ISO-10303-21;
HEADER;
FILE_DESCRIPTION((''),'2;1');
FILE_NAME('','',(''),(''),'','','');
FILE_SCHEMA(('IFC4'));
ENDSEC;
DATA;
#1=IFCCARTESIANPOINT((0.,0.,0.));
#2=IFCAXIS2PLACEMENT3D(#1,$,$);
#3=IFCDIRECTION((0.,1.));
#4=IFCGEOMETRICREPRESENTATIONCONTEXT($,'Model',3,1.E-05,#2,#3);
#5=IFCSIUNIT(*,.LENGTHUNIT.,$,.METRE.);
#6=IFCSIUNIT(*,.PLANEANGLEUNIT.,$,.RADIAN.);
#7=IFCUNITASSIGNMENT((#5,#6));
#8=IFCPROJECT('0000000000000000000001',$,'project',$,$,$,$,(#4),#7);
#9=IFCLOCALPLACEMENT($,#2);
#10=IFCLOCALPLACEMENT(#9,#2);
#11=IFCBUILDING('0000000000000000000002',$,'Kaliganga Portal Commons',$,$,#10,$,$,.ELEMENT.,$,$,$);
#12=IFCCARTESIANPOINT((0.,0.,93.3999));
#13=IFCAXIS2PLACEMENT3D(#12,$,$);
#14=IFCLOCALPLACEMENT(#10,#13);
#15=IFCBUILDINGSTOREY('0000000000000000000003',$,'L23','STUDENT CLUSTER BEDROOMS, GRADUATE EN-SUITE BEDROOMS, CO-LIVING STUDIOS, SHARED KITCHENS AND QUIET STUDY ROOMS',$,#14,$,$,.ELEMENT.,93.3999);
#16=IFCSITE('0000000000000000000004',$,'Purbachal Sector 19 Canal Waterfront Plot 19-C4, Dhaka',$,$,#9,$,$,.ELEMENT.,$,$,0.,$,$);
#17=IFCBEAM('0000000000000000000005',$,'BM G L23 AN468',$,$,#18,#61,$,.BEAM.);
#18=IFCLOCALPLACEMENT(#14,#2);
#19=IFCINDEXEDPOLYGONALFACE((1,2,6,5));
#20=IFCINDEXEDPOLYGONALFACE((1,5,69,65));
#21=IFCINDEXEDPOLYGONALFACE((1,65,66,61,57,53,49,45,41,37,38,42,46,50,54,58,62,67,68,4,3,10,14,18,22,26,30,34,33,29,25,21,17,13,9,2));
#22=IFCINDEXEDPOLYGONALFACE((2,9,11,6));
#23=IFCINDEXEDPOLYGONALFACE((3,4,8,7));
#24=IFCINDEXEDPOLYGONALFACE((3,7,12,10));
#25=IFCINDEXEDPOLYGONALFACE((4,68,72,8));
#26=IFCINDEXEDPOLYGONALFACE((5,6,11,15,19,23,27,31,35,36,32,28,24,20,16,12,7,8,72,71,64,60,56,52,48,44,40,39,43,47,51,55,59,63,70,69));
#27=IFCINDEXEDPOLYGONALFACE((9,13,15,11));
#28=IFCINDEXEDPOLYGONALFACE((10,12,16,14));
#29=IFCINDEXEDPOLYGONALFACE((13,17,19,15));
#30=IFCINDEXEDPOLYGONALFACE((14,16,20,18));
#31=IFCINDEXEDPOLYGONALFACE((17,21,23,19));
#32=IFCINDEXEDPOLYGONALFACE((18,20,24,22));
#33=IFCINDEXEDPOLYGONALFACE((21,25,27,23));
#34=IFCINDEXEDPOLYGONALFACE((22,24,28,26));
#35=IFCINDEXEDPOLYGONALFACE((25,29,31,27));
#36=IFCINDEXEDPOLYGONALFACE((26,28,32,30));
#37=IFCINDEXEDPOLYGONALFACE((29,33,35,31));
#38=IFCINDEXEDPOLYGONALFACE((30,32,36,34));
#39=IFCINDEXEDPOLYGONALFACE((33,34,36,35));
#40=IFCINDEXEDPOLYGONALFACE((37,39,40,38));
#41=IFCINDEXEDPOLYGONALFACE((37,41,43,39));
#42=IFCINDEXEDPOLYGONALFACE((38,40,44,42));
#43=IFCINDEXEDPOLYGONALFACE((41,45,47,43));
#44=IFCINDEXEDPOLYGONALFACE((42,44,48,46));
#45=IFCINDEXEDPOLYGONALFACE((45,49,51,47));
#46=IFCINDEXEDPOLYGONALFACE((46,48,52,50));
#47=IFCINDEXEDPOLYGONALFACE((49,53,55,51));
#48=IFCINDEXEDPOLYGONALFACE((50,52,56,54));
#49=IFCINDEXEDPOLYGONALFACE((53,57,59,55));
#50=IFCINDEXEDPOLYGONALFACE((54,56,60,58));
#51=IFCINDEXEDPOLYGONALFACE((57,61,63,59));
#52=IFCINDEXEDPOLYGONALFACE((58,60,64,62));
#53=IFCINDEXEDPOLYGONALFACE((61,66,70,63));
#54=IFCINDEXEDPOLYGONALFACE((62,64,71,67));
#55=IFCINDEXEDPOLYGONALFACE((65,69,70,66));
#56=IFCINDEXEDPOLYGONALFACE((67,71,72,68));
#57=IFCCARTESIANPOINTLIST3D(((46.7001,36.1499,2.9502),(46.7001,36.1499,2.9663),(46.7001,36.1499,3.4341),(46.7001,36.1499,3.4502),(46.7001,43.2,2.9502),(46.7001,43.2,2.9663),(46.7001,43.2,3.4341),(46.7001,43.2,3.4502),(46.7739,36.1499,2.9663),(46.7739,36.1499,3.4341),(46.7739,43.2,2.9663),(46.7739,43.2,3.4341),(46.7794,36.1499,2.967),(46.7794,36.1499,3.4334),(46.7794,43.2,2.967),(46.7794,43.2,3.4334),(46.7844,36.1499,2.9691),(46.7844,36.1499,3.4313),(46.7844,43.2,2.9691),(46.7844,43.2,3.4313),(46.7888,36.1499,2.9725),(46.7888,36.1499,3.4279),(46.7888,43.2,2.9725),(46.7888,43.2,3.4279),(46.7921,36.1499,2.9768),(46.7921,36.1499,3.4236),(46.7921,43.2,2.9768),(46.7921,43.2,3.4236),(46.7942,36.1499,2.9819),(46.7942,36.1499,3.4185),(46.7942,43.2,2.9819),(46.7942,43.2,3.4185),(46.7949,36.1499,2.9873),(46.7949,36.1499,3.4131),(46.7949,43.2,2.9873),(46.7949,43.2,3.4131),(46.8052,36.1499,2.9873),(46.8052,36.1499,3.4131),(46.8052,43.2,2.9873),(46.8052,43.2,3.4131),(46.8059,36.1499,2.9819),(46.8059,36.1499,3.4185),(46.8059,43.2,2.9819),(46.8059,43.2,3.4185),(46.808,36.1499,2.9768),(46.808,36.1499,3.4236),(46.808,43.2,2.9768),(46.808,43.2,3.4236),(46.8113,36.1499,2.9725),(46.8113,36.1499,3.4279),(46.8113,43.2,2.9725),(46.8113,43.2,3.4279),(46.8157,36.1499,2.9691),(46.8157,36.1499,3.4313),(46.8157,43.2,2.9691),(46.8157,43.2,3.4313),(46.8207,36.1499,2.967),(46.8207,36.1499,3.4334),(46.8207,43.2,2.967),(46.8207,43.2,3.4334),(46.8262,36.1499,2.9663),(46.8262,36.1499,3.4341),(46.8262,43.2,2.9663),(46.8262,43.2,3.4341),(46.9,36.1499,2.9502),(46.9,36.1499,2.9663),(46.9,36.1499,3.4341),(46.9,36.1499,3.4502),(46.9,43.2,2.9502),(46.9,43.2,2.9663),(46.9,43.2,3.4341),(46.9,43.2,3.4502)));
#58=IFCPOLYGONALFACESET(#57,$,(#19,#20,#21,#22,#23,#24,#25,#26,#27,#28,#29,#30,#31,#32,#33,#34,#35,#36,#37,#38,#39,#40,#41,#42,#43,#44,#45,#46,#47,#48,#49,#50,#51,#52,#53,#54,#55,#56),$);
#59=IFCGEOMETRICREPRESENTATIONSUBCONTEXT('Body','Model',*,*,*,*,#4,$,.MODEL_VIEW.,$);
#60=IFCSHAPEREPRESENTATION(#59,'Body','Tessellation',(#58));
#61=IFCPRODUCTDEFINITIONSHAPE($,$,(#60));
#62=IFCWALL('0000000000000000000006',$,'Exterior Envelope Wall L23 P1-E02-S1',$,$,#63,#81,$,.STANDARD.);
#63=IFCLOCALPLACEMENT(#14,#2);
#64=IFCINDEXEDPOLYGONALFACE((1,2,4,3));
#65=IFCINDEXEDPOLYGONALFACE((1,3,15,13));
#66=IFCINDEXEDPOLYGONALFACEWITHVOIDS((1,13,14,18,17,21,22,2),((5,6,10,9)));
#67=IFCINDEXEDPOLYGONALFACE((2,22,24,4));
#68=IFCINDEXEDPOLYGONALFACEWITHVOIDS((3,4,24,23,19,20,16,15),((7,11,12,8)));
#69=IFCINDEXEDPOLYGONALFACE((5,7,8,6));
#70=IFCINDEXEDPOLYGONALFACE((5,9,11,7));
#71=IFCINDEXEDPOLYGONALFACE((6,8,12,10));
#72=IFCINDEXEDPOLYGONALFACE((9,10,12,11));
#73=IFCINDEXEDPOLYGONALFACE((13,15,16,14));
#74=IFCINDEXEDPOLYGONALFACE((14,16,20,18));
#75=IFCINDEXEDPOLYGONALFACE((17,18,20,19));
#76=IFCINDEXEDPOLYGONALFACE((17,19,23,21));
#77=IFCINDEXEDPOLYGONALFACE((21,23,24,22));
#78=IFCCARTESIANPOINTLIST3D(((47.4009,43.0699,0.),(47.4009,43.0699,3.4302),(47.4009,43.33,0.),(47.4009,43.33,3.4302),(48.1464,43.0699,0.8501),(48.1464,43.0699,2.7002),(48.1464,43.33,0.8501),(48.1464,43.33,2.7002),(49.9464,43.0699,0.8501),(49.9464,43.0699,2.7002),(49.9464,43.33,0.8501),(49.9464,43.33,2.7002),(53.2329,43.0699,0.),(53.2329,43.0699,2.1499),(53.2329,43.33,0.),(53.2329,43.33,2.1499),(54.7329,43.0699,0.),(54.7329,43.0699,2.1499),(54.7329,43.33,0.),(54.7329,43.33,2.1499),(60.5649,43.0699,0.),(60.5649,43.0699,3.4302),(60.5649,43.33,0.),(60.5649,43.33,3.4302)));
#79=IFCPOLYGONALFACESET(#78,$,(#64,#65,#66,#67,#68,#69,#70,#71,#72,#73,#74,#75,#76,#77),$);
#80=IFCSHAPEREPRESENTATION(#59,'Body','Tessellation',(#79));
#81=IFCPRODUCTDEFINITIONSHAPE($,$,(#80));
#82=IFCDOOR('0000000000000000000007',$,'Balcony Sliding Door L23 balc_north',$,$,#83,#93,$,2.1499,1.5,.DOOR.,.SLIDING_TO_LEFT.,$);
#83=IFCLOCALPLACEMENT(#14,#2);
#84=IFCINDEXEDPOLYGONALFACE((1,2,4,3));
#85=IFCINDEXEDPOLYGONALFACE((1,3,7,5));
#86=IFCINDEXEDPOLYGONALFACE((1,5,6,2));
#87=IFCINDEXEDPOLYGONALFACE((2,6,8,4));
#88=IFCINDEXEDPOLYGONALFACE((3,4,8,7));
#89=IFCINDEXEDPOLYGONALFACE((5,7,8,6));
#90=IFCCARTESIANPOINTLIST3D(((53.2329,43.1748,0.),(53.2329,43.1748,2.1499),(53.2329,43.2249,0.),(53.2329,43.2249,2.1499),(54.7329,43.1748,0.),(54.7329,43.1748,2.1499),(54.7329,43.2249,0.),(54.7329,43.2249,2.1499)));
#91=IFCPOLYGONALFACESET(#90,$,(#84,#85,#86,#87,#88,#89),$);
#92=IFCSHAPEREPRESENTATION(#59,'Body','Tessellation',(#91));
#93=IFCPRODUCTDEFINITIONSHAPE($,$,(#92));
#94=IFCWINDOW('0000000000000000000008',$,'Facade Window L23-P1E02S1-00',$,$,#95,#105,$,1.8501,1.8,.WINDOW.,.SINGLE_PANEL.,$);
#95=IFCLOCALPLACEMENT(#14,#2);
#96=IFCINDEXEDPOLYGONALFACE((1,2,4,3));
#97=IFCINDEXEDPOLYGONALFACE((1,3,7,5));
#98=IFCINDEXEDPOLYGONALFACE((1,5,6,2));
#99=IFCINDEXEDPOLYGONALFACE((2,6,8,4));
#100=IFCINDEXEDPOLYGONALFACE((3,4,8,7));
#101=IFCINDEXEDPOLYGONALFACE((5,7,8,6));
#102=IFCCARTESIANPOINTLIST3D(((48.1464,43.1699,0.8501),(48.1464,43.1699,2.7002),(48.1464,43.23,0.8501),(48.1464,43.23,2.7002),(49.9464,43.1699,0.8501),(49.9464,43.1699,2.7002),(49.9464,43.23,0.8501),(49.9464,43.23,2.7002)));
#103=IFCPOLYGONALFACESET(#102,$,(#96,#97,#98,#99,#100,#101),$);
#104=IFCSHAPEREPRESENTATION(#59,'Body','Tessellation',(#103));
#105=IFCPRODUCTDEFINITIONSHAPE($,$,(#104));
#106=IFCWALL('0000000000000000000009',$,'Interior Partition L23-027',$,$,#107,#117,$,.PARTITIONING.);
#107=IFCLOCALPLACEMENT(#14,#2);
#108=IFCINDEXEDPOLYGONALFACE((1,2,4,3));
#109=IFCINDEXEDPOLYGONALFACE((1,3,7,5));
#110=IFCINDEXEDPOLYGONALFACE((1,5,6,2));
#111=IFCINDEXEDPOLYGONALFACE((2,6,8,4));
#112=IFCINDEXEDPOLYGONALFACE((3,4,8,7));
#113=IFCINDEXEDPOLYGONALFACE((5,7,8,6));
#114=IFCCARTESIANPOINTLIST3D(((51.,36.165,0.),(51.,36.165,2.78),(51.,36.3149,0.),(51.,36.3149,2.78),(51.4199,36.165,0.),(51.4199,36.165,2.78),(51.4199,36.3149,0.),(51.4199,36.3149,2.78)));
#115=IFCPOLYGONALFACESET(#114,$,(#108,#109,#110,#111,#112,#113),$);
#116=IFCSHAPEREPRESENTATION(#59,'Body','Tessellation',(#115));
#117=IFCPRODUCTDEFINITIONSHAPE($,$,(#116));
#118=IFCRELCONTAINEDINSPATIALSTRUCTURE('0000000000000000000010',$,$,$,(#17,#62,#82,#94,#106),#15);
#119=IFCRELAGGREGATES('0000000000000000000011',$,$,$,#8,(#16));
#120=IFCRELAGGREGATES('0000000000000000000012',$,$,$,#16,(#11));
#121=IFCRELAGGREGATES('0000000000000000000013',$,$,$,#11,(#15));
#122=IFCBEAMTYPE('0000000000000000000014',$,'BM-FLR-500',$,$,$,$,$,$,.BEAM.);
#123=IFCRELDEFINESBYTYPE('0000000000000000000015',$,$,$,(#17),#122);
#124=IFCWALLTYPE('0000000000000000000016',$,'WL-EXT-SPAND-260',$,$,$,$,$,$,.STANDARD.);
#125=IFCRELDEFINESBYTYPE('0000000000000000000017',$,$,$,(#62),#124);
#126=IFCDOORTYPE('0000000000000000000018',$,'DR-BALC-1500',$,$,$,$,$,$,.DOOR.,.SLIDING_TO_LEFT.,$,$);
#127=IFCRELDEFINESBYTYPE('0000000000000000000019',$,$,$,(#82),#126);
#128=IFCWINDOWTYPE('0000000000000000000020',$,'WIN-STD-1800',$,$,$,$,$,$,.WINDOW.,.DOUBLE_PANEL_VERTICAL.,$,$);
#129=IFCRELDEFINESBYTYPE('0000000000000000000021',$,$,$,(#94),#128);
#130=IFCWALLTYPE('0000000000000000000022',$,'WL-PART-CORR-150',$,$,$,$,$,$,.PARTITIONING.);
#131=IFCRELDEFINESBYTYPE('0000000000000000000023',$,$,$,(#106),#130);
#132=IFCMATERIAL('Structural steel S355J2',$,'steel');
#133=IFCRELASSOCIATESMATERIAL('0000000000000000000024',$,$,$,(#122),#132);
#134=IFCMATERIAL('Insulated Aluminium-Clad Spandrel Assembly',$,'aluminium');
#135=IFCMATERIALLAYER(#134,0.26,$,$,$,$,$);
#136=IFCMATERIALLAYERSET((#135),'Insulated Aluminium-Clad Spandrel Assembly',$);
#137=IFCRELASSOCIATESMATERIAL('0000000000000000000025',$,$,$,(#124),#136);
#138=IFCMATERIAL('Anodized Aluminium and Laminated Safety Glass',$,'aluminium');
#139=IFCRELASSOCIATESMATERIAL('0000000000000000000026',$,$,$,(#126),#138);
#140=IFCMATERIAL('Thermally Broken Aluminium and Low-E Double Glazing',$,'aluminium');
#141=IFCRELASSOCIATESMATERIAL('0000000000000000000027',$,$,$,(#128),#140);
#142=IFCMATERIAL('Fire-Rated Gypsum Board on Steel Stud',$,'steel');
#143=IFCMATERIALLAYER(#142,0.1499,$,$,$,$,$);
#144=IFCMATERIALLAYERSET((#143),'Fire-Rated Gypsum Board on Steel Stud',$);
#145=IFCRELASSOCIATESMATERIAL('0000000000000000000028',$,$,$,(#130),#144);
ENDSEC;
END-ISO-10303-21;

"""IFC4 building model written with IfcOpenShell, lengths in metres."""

from ifc_helpers import new_model, si_unit, direction, frame, frame_2d, origin, origin_2d, place, context, subcontext, project, spatial, rectangle, i_section, extrude, source, transform, mapped, material, layer, layer_set, material_profile, profile_set, type_object, element, fill, save


model = new_model("IFC4")

# Units and contexts
model_context = context("Model", 3, precision=1e-05, world=origin(), true_north=direction((0.0, 1.0)))
body_context = subcontext(model_context, "Body", "Model", "MODEL_VIEW")
ifc_project = project(units=[si_unit("LENGTHUNIT", "METRE"), si_unit("PLANEANGLEUNIT", "RADIAN")], contexts=[model_context])

# Site, building, storey
site_placement = place(None, origin())
site = spatial("IfcSite", under=ifc_project, at=site_placement, Name="Purbachal Sector 19 Canal Waterfront Plot 19-C4, Dhaka", CompositionType="ELEMENT", RefElevation=0.0)
building_placement = place(site_placement, origin())
building = spatial("IfcBuilding", under=site, at=building_placement, Name="Kaliganga Portal Commons", CompositionType="ELEMENT")
storey_placement = place(building_placement, frame((0.0, 0.0, 93.3999)))
storey = spatial("IfcBuildingStorey", under=building, at=storey_placement, Name="L23", Description="STUDENT CLUSTER BEDROOMS, GRADUATE EN-SUITE BEDROOMS, CO-LIVING STUDIOS, SHARED KITCHENS AND QUIET STUDY ROOMS", CompositionType="ELEMENT", Elevation=93.3999)

# Beam
ifc_material_1 = material(Name="Structural steel S355J2", Category="steel")
ifc_material_profile_1 = material_profile(ifc_material_1, i_section(OverallWidth=0.2, OverallDepth=0.5, WebThickness=0.0103, FlangeThickness=0.0161, FilletRadius=0.021, at=origin_2d()), Name="IPE 500")
ifc_profile_set_1 = profile_set([ifc_material_profile_1], Name="Structural steel S355J2 wide-flange")
beam_type_1 = type_object("IfcBeamType", Name="BM-FLR-500", PredefinedType="BEAM", material=ifc_profile_set_1)
shared_shape_1 = source(origin(), body_context, "Body", "SweptSolid", [
    extrude(i_section(OverallWidth=0.2, OverallDepth=0.5, WebThickness=0.0103, FlangeThickness=0.0161, FilletRadius=0.021, at=origin_2d()), origin(), (0.0, 0.0, 1.0), 7.05),
])
beam_1_placement = place(storey_placement, frame((46.8, 36.1499, 3.2002), z_axis=(0.0, 1.0, 0.0), x_axis=(-1.0, 0.0, 0.0)))
element("IfcBeam", 1, at=beam_1_placement, inside=storey, type_object=beam_type_1, Name="BM G L23 AN468", PredefinedType="BEAM", context=body_context, shape_type="MappedRepresentation", body=[
    mapped(shared_shape_1, transform((0.0, 0.0, 0.0), x_axis=(1.0, 0.0, 0.0), y_axis=(0.0, 1.0, 0.0), z_axis=(0.0, 0.0, 1.0), scale=1.0)),
])

# Wall, openings, door, window
ifc_material_2 = material(Name="Insulated Aluminium-Clad Spandrel Assembly", Category="aluminium")
ifc_layer_1 = layer(ifc_material_2, 0.26)
ifc_layer_set_1 = layer_set([ifc_layer_1], Name="Insulated Aluminium-Clad Spandrel Assembly")
wall_type_1 = type_object("IfcWallType", Name="WL-EXT-SPAND-260", PredefinedType="STANDARD", material=ifc_layer_set_1)
wall_1_placement = place(storey_placement, frame((47.4009, 43.2, 0.0), z_axis=(0.0, 0.0, 1.0), x_axis=(1.0, 0.0, 0.0)))
wall_1 = element("IfcWall", 2, at=wall_1_placement, inside=storey, type_object=wall_type_1, Name="Exterior Envelope Wall L23 P1-E02-S1", PredefinedType="STANDARD", context=body_context, shape_type="SweptSolid", body=[
    extrude(rectangle(XDim=13.1641, YDim=0.26, at=frame_2d((6.582, 0.0))), origin(), (0.0, 0.0, 1.0), 3.4302),
])
opening_1_placement = place(wall_1_placement, frame((5.832, 0.0, 0.0)))
opening_1 = element("IfcOpeningElement", 3, at=opening_1_placement, cuts=wall_1, PredefinedType="OPENING", context=body_context, shape_type="SweptSolid", body=[
    extrude(rectangle(XDim=1.5, YDim=2.1499, at=frame_2d((0.75, 1.075))), frame((0.0, 0.1401, 0.0), z_axis=(0.0, -1.0, 0.0), x_axis=(1.0, 0.0, 0.0)), (0.0, 0.0, 1.0), 0.28),
])
opening_2_placement = place(wall_1_placement, frame((0.7456, 0.0, 0.8501)))
opening_2 = element("IfcOpeningElement", 4, at=opening_2_placement, cuts=wall_1, PredefinedType="OPENING", context=body_context, shape_type="SweptSolid", body=[
    extrude(rectangle(XDim=1.8, YDim=1.8501, at=frame_2d((0.8999, 0.925))), frame((0.0, 0.1401, 0.0), z_axis=(0.0, -1.0, 0.0), x_axis=(1.0, 0.0, 0.0)), (0.0, 0.0, 1.0), 0.28),
])
ifc_material_3 = material(Name="Anodized Aluminium and Laminated Safety Glass", Category="aluminium")
door_type_1 = type_object("IfcDoorType", Name="DR-BALC-1500", OperationType="SLIDING_TO_LEFT", PredefinedType="DOOR", material=ifc_material_3)
door_1_placement = place(opening_1_placement, origin())
door_1 = element("IfcDoor", 5, at=door_1_placement, inside=storey, type_object=door_type_1, Name="Balcony Sliding Door L23 balc_north", OperationType="SLIDING_TO_LEFT", OverallHeight=2.1499, OverallWidth=1.5, PredefinedType="DOOR", context=body_context, shape_type="SweptSolid", body=[
    extrude(rectangle(XDim=1.5, YDim=2.1499, at=frame_2d((0.75, 1.075))), frame((0.0, 0.0249, 0.0), z_axis=(0.0, -1.0, 0.0), x_axis=(1.0, 0.0, 0.0)), (0.0, 0.0, 1.0), 0.05),
])
fill(opening_1, door_1)
ifc_material_4 = material(Name="Thermally Broken Aluminium and Low-E Double Glazing", Category="aluminium")
window_type = type_object("IfcWindowType", Name="WIN-STD-1800", PartitioningType="DOUBLE_PANEL_VERTICAL", PredefinedType="WINDOW", material=ifc_material_4)
window_placement = place(opening_2_placement, origin())
window = element("IfcWindow", 6, at=window_placement, inside=storey, type_object=window_type, Name="Facade Window L23-P1E02S1-00", OverallHeight=1.8501, OverallWidth=1.8, PartitioningType="SINGLE_PANEL", PredefinedType="WINDOW", context=body_context, shape_type="SweptSolid", body=[
    extrude(rectangle(XDim=1.8, YDim=1.8501, at=frame_2d((0.8999, 0.925))), frame((0.0, 0.03, 0.0), z_axis=(0.0, -1.0, 0.0), x_axis=(1.0, 0.0, 0.0)), (0.0, 0.0, 1.0), 0.0601),
])
fill(opening_2, window)

# Shared definitions
ifc_material_5 = material(Name="Fire-Rated Gypsum Board on Steel Stud", Category="steel")
ifc_layer_2 = layer(ifc_material_5, 0.1499)
ifc_layer_set_2 = layer_set([ifc_layer_2], Name="Fire-Rated Gypsum Board on Steel Stud")
wall_type_2 = type_object("IfcWallType", Name="WL-PART-CORR-150", PredefinedType="PARTITIONING", material=ifc_layer_set_2)

# Wall
wall_2_placement = place(storey_placement, frame((51.0, 36.24, 0.0), z_axis=(0.0, 0.0, 1.0), x_axis=(1.0, 0.0, 0.0)))
element("IfcWall", 7, at=wall_2_placement, inside=storey, type_object=wall_type_2, Name="Interior Partition L23-027", PredefinedType="PARTITIONING", context=body_context, shape_type="SweptSolid", body=[
    extrude(rectangle(XDim=0.4199, YDim=0.1499, at=frame_2d((0.21, 0.0))), origin(), (0.0, 0.0, 1.0), 2.78),
])

save(model, "model.ifc")
